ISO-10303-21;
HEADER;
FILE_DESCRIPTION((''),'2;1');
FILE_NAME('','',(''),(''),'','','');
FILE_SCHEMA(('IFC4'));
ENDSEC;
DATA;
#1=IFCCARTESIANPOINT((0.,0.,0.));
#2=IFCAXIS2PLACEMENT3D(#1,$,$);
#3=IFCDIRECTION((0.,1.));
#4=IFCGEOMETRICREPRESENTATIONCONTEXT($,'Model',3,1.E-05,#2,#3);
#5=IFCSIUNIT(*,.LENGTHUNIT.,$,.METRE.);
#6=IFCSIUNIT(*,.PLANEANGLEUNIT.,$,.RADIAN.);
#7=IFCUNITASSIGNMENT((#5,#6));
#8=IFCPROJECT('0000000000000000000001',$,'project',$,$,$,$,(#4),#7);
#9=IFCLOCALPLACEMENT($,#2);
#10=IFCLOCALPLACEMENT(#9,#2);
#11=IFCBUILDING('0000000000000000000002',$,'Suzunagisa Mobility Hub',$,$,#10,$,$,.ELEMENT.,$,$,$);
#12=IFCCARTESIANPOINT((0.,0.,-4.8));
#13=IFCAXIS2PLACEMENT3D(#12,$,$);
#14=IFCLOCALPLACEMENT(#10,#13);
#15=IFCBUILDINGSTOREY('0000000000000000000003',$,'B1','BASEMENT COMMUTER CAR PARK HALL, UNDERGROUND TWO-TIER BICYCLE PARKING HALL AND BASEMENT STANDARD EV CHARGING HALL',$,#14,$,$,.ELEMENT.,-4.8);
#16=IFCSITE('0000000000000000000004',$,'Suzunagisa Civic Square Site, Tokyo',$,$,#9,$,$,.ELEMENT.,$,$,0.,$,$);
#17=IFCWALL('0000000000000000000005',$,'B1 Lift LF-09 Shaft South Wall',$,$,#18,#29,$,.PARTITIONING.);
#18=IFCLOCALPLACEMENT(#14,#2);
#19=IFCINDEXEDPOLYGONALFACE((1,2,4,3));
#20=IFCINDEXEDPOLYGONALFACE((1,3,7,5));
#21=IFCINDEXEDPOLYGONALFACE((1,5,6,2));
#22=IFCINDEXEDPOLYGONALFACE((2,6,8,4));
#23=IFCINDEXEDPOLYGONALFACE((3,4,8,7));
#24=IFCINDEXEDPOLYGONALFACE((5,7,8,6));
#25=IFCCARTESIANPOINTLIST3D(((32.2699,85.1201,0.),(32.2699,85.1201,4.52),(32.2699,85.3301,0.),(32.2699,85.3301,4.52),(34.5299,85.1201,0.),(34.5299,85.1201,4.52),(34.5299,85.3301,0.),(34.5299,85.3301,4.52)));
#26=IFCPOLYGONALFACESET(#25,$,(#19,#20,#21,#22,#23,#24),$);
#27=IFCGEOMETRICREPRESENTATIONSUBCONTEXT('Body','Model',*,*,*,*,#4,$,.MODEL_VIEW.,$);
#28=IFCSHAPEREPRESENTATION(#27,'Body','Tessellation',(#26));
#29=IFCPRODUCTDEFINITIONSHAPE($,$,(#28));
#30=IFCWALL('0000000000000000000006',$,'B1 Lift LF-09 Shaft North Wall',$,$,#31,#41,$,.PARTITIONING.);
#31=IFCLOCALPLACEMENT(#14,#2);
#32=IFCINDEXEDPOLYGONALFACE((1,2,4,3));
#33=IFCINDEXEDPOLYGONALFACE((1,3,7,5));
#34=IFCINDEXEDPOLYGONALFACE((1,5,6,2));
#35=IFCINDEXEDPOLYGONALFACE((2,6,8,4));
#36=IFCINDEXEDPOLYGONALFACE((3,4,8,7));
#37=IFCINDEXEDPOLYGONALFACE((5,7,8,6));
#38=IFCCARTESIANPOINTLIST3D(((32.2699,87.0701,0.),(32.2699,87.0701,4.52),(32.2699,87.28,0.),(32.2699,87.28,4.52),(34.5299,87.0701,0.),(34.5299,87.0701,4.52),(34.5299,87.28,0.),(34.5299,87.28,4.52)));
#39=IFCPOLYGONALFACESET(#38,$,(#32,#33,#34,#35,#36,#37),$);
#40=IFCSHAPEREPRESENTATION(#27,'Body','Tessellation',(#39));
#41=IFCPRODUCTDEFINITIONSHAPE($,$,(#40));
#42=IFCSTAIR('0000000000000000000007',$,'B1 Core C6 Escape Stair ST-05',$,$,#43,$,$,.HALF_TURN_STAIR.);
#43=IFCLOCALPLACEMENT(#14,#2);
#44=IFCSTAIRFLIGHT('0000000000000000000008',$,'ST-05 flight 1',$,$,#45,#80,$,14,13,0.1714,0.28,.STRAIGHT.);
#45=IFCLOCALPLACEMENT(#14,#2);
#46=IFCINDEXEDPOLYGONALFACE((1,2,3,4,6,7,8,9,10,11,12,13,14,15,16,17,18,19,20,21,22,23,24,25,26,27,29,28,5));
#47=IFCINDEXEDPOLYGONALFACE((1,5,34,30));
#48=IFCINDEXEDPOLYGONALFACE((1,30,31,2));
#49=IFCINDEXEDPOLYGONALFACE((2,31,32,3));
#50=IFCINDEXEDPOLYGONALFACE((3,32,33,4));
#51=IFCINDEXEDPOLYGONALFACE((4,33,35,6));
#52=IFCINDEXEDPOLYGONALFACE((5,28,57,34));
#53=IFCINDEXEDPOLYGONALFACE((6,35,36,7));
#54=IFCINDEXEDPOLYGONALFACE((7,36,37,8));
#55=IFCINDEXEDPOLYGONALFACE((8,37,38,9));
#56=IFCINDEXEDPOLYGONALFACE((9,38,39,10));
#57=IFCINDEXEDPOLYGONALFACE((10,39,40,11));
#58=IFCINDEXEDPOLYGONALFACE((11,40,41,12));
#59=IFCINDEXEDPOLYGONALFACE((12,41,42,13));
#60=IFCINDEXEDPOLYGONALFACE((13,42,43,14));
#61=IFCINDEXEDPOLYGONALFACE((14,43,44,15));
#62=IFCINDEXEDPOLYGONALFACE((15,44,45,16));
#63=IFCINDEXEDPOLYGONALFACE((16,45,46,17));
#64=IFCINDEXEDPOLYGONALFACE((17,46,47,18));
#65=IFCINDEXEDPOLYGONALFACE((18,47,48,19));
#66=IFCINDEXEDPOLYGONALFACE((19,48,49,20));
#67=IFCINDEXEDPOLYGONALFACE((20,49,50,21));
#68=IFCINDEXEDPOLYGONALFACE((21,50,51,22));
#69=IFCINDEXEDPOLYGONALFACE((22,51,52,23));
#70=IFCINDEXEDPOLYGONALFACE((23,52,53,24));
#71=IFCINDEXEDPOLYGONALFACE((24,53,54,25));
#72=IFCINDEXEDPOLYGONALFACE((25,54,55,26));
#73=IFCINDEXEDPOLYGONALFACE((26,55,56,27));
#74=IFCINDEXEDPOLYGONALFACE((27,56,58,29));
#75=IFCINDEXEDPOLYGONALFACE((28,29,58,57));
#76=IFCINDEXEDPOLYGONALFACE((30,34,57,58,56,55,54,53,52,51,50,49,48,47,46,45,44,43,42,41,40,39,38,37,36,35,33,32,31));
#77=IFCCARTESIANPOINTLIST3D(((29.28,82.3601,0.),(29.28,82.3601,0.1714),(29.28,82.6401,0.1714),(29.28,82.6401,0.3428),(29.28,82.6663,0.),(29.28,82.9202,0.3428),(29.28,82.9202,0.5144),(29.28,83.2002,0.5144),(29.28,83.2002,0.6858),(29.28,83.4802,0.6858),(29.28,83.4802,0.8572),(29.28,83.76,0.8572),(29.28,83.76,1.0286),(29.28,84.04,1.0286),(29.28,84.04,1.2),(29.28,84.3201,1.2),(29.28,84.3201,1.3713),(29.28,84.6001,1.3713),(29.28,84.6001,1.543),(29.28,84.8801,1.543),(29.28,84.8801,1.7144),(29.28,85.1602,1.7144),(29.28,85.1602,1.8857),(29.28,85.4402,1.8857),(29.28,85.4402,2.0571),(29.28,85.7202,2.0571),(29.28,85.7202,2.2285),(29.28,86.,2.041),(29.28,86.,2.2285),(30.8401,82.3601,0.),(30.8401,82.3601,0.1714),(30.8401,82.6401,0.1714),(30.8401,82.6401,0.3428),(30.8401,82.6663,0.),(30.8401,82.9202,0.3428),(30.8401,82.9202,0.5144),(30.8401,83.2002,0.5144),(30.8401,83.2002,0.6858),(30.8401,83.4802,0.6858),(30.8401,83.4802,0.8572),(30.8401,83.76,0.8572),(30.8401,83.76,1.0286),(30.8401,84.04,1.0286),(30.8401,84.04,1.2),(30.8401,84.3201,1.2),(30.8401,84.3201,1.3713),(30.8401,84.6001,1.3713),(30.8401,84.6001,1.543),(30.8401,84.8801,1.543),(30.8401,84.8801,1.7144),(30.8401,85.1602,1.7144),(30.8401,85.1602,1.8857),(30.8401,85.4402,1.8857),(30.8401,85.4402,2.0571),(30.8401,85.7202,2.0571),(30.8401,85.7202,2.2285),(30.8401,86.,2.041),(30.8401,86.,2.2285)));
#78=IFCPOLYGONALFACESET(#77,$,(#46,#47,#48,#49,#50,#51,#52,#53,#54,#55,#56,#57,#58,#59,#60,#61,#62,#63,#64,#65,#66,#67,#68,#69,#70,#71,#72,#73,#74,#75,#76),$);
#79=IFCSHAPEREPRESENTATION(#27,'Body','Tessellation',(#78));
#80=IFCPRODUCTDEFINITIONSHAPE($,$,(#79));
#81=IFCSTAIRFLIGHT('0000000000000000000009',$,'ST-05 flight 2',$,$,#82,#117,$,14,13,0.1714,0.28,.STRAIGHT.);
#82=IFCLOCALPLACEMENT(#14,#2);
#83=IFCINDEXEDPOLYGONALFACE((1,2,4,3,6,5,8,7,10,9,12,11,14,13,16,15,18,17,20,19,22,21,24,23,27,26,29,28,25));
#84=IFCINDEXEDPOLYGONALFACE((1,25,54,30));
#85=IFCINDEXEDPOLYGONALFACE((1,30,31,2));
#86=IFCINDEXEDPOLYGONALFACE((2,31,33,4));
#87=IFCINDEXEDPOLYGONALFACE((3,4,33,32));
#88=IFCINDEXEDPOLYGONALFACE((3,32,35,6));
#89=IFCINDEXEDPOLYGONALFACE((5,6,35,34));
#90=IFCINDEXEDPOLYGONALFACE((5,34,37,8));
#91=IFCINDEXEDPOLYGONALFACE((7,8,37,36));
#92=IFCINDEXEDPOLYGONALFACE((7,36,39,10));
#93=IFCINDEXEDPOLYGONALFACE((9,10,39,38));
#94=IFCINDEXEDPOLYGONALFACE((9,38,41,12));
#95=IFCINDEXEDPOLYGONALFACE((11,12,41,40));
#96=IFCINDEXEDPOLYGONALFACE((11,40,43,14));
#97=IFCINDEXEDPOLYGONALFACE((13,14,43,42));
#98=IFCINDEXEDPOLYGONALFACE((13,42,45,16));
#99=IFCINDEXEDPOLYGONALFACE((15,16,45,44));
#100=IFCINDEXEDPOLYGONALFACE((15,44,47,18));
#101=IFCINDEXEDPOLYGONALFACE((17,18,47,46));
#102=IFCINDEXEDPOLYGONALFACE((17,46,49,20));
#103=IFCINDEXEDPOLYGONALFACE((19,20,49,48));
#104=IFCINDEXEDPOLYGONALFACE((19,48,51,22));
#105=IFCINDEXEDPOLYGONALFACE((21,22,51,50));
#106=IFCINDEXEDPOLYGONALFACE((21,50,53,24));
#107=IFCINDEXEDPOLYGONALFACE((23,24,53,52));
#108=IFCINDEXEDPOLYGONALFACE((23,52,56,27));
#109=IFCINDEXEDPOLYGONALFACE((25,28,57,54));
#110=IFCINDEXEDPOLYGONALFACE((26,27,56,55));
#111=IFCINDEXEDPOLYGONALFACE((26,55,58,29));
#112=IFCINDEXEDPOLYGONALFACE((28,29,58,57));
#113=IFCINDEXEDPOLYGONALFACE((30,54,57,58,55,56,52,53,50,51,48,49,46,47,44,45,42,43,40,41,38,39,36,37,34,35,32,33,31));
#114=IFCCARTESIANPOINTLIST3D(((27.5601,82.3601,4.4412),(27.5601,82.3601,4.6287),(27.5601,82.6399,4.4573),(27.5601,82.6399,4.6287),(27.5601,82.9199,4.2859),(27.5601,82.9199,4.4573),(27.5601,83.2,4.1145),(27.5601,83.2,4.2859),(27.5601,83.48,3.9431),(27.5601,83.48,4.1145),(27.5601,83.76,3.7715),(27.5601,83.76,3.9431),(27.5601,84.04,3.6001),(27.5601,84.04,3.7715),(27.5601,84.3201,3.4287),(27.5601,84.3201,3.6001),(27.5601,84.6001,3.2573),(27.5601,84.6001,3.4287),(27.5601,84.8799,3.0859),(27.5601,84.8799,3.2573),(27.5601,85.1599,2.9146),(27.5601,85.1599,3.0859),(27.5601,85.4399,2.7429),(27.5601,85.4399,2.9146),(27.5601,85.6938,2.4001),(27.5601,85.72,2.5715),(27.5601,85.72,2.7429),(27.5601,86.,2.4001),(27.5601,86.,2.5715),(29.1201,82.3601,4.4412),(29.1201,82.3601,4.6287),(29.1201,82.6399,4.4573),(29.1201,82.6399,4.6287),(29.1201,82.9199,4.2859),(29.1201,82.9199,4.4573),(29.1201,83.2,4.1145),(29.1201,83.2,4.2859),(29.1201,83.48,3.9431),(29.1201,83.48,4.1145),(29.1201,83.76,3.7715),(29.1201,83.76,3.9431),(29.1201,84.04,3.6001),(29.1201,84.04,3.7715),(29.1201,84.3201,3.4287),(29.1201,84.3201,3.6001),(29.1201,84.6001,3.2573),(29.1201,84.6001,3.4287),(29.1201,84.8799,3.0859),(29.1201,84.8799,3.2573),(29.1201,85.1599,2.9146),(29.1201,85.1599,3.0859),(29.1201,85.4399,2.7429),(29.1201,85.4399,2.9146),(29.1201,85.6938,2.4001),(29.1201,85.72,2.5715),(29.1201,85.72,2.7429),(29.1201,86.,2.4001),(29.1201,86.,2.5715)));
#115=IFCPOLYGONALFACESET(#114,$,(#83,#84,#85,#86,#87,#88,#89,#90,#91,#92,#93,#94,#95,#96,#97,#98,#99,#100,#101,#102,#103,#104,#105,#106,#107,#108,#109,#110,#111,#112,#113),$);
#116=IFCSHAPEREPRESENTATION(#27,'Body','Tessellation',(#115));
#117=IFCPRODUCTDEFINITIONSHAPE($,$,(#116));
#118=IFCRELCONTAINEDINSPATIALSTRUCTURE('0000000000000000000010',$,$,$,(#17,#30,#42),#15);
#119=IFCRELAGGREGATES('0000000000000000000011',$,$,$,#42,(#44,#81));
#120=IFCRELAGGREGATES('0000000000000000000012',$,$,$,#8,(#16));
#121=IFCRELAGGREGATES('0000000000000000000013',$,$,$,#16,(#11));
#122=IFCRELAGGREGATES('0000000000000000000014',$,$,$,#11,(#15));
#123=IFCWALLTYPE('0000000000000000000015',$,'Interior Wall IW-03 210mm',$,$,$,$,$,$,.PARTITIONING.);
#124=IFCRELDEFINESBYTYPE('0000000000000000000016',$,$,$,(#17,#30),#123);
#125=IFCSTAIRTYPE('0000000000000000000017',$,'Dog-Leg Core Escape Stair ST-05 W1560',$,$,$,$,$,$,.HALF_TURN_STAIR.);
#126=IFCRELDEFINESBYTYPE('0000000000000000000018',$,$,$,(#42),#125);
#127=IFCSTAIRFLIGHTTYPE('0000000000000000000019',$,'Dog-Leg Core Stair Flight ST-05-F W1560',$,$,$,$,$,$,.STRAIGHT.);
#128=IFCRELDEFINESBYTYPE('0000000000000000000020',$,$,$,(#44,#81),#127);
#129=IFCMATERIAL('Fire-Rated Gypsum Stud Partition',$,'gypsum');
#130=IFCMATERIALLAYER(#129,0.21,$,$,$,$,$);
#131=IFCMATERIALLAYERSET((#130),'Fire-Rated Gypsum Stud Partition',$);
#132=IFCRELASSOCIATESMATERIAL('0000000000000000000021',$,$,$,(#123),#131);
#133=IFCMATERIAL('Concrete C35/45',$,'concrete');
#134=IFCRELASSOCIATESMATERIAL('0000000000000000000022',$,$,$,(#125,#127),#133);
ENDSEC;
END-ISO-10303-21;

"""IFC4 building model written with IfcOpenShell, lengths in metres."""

from ifc_helpers import new_model, si_unit, direction, frame, frame_2d, origin, place, context, subcontext, project, spatial, polyline, rectangle, outline, extrude, material, layer, layer_set, type_object, element, aggregate, save


model = new_model("IFC4")

# Units and contexts
model_context = context("Model", 3, precision=1e-05, world=origin(), true_north=direction((0.0, 1.0)))
body_context = subcontext(model_context, "Body", "Model", "MODEL_VIEW")
ifc_project = project(units=[si_unit("LENGTHUNIT", "METRE"), si_unit("PLANEANGLEUNIT", "RADIAN")], contexts=[model_context])

# Site, building, storey
site_placement = place(None, origin())
site = spatial("IfcSite", under=ifc_project, at=site_placement, Name="Suzunagisa Civic Square Site, Tokyo", CompositionType="ELEMENT", RefElevation=0.0)
building_placement = place(site_placement, origin())
building = spatial("IfcBuilding", under=site, at=building_placement, Name="Suzunagisa Mobility Hub", CompositionType="ELEMENT")
storey_placement = place(building_placement, frame((0.0, 0.0, -4.8)))
storey = spatial("IfcBuildingStorey", under=building, at=storey_placement, Name="B1", Description="BASEMENT COMMUTER CAR PARK HALL, UNDERGROUND TWO-TIER BICYCLE PARKING HALL AND BASEMENT STANDARD EV CHARGING HALL", CompositionType="ELEMENT", Elevation=-4.8)

# Shared definitions
ifc_material_1 = material(Name="Concrete C35/45", Category="concrete")

# Shared definitions
ifc_material_2 = material(Name="Fire-Rated Gypsum Stud Partition", Category="gypsum")
ifc_layer_1 = layer(ifc_material_2, 0.21)
ifc_layer_set_1 = layer_set([ifc_layer_1], Name="Fire-Rated Gypsum Stud Partition")
wall_type_1 = type_object("IfcWallType", Name="Interior Wall IW-03 210mm", PredefinedType="PARTITIONING", material=ifc_layer_set_1)

# Walls
for number, where, z_axis, x_axis, name in (
    (1, (32.27, 85.2251, 0.0), (0.0, 0.0, 1.0), (1.0, 0.0, 0.0), "B1 Lift LF-09 Shaft South Wall"),
    (2, (32.27, 87.175, 0.0), (0.0, 0.0, 1.0), (1.0, 0.0, 0.0), "B1 Lift LF-09 Shaft North Wall"),
):
    element("IfcWall", number, at=place(storey_placement, frame(where, z_axis=z_axis, x_axis=x_axis)), inside=storey, type_object=wall_type_1, Name=name, PredefinedType="PARTITIONING", context=body_context, shape_type="SweptSolid", body=[
        extrude(rectangle(XDim=2.26, YDim=0.21, at=frame_2d((1.1299, 0.0))), origin(), (0.0, 0.0, 1.0), 4.52),
    ])

# Stair, stair flights
stair_type = type_object("IfcStairType", Name="Dog-Leg Core Escape Stair ST-05 W1560", PredefinedType="HALF_TURN_STAIR", material=ifc_material_1)
stair_placement = place(storey_placement, origin())
stair = element("IfcStair", 3, at=stair_placement, inside=storey, type_object=stair_type, Name="B1 Core C6 Escape Stair ST-05", PredefinedType="HALF_TURN_STAIR")
stair_flight_type = type_object("IfcStairFlightType", Name="Dog-Leg Core Stair Flight ST-05-F W1560", PredefinedType="STRAIGHT", material=ifc_material_1)
stair_flight_1_placement = place(storey_placement, frame((30.0601, 82.3601, 0.0), z_axis=(0.0, 0.0, 1.0), x_axis=(0.0, 1.0, 0.0)))
stair_flight_1 = element("IfcStairFlight", 4, at=stair_flight_1_placement, type_object=stair_flight_type, Name="ST-05 flight 1", NumberOfRisers=14, NumberOfTreads=13, PredefinedType="STRAIGHT", RiserHeight=0.1714, TreadLength=0.28, context=body_context, shape_type="SweptSolid", body=[
    extrude(outline(polyline([(0.0, 0.0), (0.0, 0.1714), (0.28, 0.1714), (0.28, 0.3428), (0.5601, 0.3428), (0.5601, 0.5144), (0.8401, 0.5144), (0.8401, 0.6858), (1.1201, 0.6858), (1.1201, 0.8572), (1.3999, 0.8572), (1.3999, 1.0286), (1.6799, 1.0286), (1.6799, 1.2), (1.96, 1.2), (1.96, 1.3713), (2.24, 1.3713), (2.24, 1.543), (2.52, 1.543), (2.52, 1.7144), (2.8, 1.7144), (2.8, 1.8857), (3.0801, 1.8857), (3.0801, 2.0571), (3.3601, 2.0571), (3.3601, 2.2285), (3.6399, 2.2285), (3.6399, 2.3999), (3.6399, 2.041), (0.3062, 0.0), (0.0, 0.0)])), frame((0.0, 0.78, 0.0), z_axis=(0.0, -1.0, 0.0), x_axis=(1.0, 0.0, 0.0)), (0.0, 0.0, 1.0), 1.5601),
])
stair_flight_2_placement = place(storey_placement, frame((28.3401, 86.0, 2.4001), z_axis=(0.0, 0.0, 1.0), x_axis=(0.0, -1.0, 0.0)))
stair_flight_2 = element("IfcStairFlight", 5, at=stair_flight_2_placement, type_object=stair_flight_type, Name="ST-05 flight 2", NumberOfRisers=14, NumberOfTreads=13, PredefinedType="STRAIGHT", RiserHeight=0.1714, TreadLength=0.28, context=body_context, shape_type="SweptSolid", body=[
    extrude(outline(polyline([(0.0, 0.0), (0.0, 0.1714), (0.28, 0.1714), (0.28, 0.3428), (0.5601, 0.3428), (0.5601, 0.5144), (0.8401, 0.5144), (0.8401, 0.6858), (1.1201, 0.6858), (1.1201, 0.8572), (1.3999, 0.8572), (1.3999, 1.0286), (1.6799, 1.0286), (1.6799, 1.2), (1.96, 1.2), (1.96, 1.3713), (2.24, 1.3713), (2.24, 1.543), (2.52, 1.543), (2.52, 1.7144), (2.8, 1.7144), (2.8, 1.8857), (3.0801, 1.8857), (3.0801, 2.0571), (3.3601, 2.0571), (3.3601, 2.2285), (3.6399, 2.2285), (3.6399, 2.3999), (3.6399, 2.041), (0.3062, 0.0), (0.0, 0.0)])), frame((0.0, 0.78, 0.0), z_axis=(0.0, -1.0, 0.0), x_axis=(1.0, 0.0, 0.0)), (0.0, 0.0, 1.0), 1.5601),
])
aggregate(stair, [stair_flight_1, stair_flight_2])

save(model, "model.ifc")
